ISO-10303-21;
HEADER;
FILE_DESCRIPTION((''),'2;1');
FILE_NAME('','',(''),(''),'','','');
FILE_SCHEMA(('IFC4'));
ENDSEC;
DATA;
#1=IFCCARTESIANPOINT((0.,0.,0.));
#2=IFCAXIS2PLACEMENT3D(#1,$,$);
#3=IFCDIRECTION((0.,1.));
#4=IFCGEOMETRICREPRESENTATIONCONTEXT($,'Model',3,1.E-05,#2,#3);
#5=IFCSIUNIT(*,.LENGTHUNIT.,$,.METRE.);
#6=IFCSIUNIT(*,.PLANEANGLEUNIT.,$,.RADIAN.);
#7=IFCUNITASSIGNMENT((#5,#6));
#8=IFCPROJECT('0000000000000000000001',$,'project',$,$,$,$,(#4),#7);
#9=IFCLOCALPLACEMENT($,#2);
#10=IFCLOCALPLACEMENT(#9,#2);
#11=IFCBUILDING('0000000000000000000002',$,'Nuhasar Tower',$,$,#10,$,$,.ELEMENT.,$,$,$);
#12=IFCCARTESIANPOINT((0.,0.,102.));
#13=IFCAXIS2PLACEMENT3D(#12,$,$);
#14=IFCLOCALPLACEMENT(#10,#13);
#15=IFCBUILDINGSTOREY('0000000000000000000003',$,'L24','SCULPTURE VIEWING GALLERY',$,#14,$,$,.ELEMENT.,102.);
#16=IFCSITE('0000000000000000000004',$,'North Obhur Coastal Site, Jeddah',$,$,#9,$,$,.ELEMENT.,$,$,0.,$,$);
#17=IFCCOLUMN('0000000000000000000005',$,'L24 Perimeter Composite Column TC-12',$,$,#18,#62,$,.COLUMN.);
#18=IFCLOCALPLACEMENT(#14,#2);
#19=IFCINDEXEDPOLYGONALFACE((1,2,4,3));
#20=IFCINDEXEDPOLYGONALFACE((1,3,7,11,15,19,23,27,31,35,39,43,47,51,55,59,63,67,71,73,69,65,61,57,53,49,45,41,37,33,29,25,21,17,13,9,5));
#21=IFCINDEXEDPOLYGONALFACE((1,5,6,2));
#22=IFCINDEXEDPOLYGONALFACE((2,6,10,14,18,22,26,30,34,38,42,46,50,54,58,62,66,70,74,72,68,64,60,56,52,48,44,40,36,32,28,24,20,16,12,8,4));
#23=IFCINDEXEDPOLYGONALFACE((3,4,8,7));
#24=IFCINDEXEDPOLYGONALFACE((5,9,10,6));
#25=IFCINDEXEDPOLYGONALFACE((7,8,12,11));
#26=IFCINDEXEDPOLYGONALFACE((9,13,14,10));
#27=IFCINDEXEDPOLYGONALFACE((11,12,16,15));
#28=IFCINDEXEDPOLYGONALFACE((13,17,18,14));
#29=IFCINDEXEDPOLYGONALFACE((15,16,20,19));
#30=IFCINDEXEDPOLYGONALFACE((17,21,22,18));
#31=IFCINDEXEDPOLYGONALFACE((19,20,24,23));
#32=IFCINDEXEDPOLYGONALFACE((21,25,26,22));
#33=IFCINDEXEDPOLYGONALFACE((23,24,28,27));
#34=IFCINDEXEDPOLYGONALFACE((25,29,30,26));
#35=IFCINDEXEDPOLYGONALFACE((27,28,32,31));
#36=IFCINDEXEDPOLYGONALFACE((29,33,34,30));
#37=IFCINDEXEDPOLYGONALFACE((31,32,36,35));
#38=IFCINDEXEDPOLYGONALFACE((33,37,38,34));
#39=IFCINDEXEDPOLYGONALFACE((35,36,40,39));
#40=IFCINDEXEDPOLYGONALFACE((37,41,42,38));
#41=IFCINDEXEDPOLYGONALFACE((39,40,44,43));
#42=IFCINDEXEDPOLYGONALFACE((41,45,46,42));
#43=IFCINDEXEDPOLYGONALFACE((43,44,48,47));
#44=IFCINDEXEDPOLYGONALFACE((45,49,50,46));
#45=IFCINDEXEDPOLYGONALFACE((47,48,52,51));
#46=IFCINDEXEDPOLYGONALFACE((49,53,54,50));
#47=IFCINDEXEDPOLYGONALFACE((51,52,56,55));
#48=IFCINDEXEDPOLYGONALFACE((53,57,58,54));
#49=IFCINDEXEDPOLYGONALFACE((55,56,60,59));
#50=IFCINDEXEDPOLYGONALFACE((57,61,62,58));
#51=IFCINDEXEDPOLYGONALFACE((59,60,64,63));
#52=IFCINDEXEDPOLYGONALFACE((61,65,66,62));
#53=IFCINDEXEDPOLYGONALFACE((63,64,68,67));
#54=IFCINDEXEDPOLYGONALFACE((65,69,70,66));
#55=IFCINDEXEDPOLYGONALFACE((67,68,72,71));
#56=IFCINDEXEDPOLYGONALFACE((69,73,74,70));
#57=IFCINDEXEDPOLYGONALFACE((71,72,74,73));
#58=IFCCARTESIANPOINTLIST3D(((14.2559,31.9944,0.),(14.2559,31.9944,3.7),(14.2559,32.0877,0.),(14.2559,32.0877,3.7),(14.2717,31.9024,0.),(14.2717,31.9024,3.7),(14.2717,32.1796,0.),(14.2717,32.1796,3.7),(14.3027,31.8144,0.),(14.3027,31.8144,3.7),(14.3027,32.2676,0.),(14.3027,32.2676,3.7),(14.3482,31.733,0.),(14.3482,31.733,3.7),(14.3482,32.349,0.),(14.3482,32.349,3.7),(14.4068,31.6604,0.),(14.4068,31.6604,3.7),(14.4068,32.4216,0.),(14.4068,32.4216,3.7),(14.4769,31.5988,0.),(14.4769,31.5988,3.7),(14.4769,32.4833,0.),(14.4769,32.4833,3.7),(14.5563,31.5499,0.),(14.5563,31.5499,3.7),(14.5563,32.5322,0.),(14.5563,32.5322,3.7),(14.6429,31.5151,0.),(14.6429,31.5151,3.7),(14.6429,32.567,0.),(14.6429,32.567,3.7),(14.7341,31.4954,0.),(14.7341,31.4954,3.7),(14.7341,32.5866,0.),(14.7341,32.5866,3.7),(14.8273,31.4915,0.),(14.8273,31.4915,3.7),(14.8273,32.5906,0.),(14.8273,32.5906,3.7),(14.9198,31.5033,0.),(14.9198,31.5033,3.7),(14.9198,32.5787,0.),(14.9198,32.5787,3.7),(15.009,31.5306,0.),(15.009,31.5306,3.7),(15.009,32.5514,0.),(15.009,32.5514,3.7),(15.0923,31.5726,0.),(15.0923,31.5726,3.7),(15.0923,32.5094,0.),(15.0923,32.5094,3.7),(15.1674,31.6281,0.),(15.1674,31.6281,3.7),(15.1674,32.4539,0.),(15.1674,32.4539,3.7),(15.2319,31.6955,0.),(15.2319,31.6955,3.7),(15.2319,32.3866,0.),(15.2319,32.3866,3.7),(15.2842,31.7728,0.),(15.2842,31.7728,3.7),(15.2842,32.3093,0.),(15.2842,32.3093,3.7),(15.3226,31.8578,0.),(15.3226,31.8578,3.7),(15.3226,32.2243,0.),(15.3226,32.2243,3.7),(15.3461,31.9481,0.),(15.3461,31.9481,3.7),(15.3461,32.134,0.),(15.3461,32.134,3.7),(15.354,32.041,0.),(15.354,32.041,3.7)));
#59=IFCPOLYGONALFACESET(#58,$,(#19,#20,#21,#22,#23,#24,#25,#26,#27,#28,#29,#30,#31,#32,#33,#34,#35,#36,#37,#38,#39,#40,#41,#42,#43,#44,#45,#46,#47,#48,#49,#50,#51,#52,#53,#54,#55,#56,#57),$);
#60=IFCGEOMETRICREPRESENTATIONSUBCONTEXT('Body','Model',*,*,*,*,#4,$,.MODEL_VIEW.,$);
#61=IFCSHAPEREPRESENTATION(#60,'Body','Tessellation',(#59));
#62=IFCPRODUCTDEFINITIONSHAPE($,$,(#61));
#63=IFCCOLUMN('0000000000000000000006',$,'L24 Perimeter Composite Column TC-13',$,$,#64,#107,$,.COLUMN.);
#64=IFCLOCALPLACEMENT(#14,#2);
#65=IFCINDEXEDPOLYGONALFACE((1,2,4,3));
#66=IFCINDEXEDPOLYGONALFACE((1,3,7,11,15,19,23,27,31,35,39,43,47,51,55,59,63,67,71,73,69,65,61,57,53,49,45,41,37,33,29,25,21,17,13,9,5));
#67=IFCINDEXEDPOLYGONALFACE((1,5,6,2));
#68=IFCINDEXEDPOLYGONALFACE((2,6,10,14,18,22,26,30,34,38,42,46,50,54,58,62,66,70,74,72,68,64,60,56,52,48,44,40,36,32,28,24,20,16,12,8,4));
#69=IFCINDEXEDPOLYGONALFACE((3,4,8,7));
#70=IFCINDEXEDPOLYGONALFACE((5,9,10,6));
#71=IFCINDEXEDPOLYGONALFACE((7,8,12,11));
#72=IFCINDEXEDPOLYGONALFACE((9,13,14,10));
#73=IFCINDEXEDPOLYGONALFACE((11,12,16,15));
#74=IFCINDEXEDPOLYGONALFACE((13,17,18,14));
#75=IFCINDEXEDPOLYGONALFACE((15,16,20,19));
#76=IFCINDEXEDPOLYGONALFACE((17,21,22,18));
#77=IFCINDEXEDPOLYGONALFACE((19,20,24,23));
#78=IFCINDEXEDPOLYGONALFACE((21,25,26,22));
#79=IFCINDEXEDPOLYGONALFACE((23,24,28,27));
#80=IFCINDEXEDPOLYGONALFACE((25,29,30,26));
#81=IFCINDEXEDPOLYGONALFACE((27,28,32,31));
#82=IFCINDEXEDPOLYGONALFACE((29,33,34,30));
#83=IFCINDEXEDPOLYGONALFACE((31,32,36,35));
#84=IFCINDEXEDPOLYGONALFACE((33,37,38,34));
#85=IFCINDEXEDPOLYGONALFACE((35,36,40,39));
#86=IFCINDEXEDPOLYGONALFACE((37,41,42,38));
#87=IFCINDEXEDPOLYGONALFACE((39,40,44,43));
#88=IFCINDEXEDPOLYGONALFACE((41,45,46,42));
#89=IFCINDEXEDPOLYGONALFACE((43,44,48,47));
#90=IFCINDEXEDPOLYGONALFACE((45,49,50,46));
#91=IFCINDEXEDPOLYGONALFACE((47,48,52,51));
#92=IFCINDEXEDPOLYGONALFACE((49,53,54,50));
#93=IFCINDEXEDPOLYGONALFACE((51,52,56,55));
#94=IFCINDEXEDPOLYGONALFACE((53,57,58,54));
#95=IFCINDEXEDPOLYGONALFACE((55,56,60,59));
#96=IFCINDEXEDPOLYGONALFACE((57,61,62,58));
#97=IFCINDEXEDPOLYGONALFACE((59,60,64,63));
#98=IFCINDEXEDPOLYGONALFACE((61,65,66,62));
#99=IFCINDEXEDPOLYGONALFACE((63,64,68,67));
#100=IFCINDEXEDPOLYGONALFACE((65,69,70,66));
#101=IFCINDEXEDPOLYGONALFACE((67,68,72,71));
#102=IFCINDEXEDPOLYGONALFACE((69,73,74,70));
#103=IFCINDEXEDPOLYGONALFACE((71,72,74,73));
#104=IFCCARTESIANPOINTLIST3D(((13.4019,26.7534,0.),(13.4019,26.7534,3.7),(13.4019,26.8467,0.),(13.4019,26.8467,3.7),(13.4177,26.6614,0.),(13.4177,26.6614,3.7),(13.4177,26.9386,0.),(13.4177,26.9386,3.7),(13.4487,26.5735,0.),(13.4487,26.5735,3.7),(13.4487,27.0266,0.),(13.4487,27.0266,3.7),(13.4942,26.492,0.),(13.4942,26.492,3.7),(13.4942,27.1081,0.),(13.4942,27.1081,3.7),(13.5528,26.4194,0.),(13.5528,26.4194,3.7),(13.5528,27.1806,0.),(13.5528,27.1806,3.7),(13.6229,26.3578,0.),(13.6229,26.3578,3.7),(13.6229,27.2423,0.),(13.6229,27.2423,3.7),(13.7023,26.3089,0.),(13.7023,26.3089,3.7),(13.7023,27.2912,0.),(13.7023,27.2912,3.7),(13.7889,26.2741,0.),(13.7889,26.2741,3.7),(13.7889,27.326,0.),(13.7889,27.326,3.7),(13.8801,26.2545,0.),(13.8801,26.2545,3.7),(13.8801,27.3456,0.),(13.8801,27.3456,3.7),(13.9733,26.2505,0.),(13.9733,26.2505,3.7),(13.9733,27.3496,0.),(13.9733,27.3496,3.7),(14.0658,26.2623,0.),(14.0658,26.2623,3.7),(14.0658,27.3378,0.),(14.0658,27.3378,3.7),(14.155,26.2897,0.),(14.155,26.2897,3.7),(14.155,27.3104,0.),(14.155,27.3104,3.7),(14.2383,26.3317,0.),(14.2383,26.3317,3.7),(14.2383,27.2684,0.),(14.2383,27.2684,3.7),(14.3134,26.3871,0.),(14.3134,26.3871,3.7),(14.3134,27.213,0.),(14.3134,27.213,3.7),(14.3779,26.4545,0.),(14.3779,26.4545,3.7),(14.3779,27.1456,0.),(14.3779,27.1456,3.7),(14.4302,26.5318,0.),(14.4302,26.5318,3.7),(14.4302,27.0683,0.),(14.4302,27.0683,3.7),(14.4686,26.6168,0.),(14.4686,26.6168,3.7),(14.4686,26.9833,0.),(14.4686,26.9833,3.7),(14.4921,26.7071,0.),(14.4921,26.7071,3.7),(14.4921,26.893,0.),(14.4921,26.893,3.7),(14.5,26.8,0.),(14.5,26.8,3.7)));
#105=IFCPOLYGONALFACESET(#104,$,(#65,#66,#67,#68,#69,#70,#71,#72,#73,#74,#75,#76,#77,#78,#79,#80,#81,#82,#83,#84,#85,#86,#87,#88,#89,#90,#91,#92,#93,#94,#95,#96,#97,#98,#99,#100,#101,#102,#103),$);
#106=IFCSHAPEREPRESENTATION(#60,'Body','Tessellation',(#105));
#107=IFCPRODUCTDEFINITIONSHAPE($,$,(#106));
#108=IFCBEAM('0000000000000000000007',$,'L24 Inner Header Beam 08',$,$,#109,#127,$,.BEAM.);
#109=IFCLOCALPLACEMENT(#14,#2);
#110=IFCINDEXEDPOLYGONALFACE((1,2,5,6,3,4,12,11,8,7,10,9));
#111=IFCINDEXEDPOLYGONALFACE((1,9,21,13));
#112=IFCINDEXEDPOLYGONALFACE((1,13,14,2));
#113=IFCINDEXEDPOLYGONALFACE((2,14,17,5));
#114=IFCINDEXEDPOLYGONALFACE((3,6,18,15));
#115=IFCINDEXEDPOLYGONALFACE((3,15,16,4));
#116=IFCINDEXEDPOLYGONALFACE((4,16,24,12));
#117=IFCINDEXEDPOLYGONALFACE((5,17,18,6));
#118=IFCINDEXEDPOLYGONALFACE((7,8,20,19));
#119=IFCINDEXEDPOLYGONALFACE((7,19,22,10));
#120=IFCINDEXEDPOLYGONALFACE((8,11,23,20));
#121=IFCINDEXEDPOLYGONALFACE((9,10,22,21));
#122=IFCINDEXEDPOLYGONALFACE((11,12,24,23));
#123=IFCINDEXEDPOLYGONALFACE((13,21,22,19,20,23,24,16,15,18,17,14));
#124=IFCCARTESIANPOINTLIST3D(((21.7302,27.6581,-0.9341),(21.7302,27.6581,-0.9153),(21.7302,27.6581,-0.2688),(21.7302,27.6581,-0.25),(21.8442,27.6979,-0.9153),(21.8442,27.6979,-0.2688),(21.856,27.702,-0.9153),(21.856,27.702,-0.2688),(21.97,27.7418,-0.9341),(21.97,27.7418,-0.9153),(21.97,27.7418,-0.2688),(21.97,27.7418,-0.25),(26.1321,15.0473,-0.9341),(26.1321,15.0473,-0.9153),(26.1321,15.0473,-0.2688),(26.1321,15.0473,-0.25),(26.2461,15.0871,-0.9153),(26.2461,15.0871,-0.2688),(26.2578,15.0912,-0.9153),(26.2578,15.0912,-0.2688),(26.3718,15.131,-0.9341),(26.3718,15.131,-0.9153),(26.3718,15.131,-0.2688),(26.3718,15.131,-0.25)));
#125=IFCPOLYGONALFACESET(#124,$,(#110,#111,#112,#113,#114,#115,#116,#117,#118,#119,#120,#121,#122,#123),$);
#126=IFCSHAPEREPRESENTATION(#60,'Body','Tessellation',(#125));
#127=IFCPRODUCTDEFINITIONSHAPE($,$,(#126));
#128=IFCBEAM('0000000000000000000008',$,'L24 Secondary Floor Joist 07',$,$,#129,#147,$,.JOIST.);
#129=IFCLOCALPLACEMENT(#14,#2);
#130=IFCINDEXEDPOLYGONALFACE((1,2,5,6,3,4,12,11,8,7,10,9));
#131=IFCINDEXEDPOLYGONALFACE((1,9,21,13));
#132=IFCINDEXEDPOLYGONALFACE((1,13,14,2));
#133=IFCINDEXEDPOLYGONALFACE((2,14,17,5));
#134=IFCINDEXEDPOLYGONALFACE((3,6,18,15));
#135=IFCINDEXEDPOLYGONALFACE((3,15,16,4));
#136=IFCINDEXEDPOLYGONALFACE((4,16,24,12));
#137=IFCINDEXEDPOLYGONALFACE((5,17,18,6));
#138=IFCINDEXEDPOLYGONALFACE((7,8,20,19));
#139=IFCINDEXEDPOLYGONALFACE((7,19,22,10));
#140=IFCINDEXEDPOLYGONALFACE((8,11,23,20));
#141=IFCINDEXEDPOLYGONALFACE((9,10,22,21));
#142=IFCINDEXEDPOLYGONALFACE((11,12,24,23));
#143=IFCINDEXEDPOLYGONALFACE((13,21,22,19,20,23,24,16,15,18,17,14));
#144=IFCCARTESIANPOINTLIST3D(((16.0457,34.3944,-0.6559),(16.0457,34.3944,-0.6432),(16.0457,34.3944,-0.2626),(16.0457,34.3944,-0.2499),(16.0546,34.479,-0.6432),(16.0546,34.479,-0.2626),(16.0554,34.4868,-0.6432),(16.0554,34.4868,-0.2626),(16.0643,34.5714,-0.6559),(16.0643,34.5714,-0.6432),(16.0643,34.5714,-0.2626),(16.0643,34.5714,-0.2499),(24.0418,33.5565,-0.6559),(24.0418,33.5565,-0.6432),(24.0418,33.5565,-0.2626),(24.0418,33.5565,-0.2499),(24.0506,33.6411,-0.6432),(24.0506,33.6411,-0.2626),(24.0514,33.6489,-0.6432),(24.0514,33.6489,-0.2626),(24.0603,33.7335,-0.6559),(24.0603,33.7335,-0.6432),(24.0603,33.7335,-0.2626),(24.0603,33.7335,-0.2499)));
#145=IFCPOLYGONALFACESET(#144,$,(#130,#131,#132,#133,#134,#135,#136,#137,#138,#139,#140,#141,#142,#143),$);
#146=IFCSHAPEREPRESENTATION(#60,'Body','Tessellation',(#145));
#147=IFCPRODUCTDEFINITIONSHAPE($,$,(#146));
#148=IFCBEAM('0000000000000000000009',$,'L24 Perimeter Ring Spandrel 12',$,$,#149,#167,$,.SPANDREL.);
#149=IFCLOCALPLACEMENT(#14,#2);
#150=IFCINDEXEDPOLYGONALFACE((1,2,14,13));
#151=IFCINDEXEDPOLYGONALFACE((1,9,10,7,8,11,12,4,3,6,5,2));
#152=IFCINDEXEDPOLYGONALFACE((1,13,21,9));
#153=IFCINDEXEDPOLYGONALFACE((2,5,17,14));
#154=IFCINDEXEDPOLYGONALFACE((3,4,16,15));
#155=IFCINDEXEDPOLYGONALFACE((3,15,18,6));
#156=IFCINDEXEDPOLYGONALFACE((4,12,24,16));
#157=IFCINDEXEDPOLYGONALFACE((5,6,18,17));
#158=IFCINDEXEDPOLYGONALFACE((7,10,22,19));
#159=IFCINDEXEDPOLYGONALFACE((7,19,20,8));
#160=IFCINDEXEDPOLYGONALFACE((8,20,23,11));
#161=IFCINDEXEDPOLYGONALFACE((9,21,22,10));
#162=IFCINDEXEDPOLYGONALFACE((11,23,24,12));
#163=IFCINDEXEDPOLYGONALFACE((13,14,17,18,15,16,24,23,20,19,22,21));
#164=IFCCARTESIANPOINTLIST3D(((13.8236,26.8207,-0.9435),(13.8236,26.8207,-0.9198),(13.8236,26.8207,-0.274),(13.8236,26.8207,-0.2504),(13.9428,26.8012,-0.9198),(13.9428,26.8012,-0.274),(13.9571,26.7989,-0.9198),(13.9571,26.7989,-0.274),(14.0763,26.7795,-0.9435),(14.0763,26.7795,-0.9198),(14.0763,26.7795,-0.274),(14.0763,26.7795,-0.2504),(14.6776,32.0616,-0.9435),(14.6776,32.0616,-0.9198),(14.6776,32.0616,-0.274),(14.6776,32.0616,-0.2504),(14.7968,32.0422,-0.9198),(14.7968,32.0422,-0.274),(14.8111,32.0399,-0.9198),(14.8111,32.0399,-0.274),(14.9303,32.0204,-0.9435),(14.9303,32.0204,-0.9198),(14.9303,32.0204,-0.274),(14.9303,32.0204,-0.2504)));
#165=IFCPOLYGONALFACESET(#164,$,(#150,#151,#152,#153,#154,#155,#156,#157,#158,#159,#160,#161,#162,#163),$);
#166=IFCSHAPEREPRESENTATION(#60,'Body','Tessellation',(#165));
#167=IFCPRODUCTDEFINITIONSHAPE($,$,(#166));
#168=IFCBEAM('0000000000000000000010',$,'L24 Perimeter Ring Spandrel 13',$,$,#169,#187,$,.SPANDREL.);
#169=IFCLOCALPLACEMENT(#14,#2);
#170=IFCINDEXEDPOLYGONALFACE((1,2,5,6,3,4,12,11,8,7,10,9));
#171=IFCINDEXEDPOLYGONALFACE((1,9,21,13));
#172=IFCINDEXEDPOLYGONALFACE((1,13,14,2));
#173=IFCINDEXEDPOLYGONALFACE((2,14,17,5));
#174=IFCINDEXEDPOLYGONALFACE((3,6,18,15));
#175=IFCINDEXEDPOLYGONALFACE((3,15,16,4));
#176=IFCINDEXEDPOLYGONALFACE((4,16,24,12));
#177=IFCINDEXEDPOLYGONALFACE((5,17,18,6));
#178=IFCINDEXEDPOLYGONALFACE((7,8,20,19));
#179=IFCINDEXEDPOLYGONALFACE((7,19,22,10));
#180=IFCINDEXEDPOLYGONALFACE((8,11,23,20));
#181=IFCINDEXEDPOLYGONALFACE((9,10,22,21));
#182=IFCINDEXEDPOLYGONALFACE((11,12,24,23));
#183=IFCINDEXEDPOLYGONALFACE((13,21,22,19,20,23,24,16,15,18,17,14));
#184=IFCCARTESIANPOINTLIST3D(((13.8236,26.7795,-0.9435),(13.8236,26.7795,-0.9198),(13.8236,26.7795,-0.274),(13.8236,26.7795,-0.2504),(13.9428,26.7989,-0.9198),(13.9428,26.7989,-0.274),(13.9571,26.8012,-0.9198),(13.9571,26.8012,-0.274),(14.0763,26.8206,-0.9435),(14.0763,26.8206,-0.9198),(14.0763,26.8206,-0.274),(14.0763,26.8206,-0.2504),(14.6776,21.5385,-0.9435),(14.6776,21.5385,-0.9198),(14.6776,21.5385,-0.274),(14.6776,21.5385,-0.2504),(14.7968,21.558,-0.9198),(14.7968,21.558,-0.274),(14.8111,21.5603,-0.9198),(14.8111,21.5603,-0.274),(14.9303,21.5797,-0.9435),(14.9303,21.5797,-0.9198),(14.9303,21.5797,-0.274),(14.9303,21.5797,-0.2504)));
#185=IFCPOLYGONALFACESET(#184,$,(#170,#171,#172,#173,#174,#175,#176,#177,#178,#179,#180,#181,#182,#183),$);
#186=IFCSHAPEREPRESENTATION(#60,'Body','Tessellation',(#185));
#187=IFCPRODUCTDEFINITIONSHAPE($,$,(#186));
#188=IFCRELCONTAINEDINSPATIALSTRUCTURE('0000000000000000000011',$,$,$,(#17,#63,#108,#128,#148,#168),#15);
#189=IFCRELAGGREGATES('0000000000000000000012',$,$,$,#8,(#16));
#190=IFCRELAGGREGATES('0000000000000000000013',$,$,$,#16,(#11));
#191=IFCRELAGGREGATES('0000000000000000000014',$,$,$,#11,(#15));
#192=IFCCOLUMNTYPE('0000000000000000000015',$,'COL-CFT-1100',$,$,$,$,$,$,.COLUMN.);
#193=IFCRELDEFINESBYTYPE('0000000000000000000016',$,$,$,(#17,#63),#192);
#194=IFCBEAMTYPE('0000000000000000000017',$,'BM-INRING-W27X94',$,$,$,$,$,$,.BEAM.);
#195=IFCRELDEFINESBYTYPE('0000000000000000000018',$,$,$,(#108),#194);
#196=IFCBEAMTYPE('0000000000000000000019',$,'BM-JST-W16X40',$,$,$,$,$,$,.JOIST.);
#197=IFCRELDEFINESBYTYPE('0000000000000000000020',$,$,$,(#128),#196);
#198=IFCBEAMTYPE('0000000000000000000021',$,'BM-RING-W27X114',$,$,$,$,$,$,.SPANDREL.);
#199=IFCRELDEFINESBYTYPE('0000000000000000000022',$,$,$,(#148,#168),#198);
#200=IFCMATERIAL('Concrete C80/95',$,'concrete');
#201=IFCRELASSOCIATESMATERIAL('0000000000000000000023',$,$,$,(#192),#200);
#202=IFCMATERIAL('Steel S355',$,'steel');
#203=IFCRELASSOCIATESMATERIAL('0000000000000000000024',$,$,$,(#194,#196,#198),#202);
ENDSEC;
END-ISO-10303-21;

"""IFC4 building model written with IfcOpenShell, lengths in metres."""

from ifc_helpers import new_model, si_unit, direction, frame, origin, origin_2d, place, context, subcontext, project, spatial, circle, i_section, extrude, material, material_profile, profile_set, type_object, element, save


model = new_model("IFC4")

# Units and contexts
model_context = context("Model", 3, precision=1e-05, world=origin(), true_north=direction((0.0, 1.0)))
body_context = subcontext(model_context, "Body", "Model", "MODEL_VIEW")
ifc_project = project(units=[si_unit("LENGTHUNIT", "METRE"), si_unit("PLANEANGLEUNIT", "RADIAN")], contexts=[model_context])

# Site, building, storey
site_placement = place(None, origin())
site = spatial("IfcSite", under=ifc_project, at=site_placement, Name="North Obhur Coastal Site, Jeddah", CompositionType="ELEMENT", RefElevation=0.0)
building_placement = place(site_placement, origin())
building = spatial("IfcBuilding", under=site, at=building_placement, Name="Nuhasar Tower", CompositionType="ELEMENT")
storey_placement = place(building_placement, frame((0.0, 0.0, 102.0)))
storey = spatial("IfcBuildingStorey", under=building, at=storey_placement, Name="L24", Description="SCULPTURE VIEWING GALLERY", CompositionType="ELEMENT", Elevation=102.0)

# Columns
ifc_material_1 = material(Name="Concrete C80/95", Category="concrete")
ifc_material_profile_1 = material_profile(ifc_material_1, circle(Radius=0.55, at=origin_2d()), Name="CFT1100")
ifc_profile_set_1 = profile_set([ifc_material_profile_1], Name="Concrete C80/95")
column_type = type_object("IfcColumnType", Name="COL-CFT-1100", PredefinedType="COLUMN", material=ifc_profile_set_1)
for number, where, z_axis, x_axis, name in (
    (1, (14.804, 32.041, 0.0), (0.0, 0.0, 1.0), (1.0, 0.0, 0.0), "L24 Perimeter Composite Column TC-12"),
    (2, (13.95, 26.8, 0.0), (0.0, 0.0, 1.0), (1.0, 0.0, 0.0), "L24 Perimeter Composite Column TC-13"),
):
    element("IfcColumn", number, at=place(storey_placement, frame(where, z_axis=z_axis, x_axis=x_axis)), inside=storey, type_object=column_type, Name=name, PredefinedType="COLUMN", context=body_context, shape_type="SweptSolid", body=[
        extrude(circle(Radius=0.55, at=origin_2d()), origin(), (0.0, 0.0, 1.0), 3.7),
    ])

# Beams
ifc_material_2 = material(Name="Steel S355", Category="steel")
ifc_material_profile_2 = material_profile(ifc_material_2, i_section(OverallWidth=0.2539, OverallDepth=0.6841, WebThickness=0.0125, FlangeThickness=0.0188, at=origin_2d()), Name="W27X94")
ifc_profile_set_2 = profile_set([ifc_material_profile_2], Name="Steel S355")
beam_type_1 = type_object("IfcBeamType", Name="BM-INRING-W27X94", PredefinedType="BEAM", material=ifc_profile_set_2)
beam_1_placement = place(storey_placement, frame((21.8501, 27.7, -0.592), z_axis=(0.329554, -0.944137, 0.0), x_axis=(0.944137, 0.329554, 0.0)))
element("IfcBeam", 3, at=beam_1_placement, inside=storey, type_object=beam_type_1, Name="L24 Inner Header Beam 08", PredefinedType="BEAM", context=body_context, shape_type="SweptSolid", body=[
    extrude(i_section(OverallWidth=0.2539, OverallDepth=0.6841, WebThickness=0.0125, FlangeThickness=0.0188, at=origin_2d()), origin(), (0.0, 0.0, 1.0), 13.3569),
])
ifc_material_profile_3 = material_profile(ifc_material_2, i_section(OverallWidth=0.178, OverallDepth=0.406, WebThickness=0.0078, FlangeThickness=0.0127, at=origin_2d()), Name="W16X40")
ifc_profile_set_3 = profile_set([ifc_material_profile_3], Name="Steel S355")
beam_type_2 = type_object("IfcBeamType", Name="BM-JST-W16X40", PredefinedType="JOIST", material=ifc_profile_set_3)
beam_2_placement = place(storey_placement, frame((24.051, 33.645, -0.4529), z_axis=(-0.994555, 0.104217, 0.0), x_axis=(-0.104217, -0.994555, 0.0)))
element("IfcBeam", 4, at=beam_2_placement, inside=storey, type_object=beam_type_2, Name="L24 Secondary Floor Joist 07", PredefinedType="JOIST", context=body_context, shape_type="SweptSolid", body=[
    extrude(i_section(OverallWidth=0.178, OverallDepth=0.406, WebThickness=0.0078, FlangeThickness=0.0127, at=origin_2d()), origin(), (0.0, 0.0, 1.0), 8.0398),
])
ifc_material_profile_4 = material_profile(ifc_material_2, i_section(OverallWidth=0.2561, OverallDepth=0.6931, WebThickness=0.0144, FlangeThickness=0.0237, at=origin_2d()), Name="W27X114")
ifc_profile_set_4 = profile_set([ifc_material_profile_4], Name="Steel S355")
beam_type_3 = type_object("IfcBeamType", Name="BM-RING-W27X114", PredefinedType="SPANDREL", material=ifc_profile_set_4)
for number, where, z_axis, x_axis, name in (
    (5, (14.804, 32.041, -0.5969), (-0.160827, -0.986983, 0.0), (0.986983, -0.160827, 0.0), "L24 Perimeter Ring Spandrel 12"),
    (6, (13.95, 26.8, -0.5969), (0.160827, -0.986983, 0.0), (0.986983, 0.160827, 0.0), "L24 Perimeter Ring Spandrel 13"),
):
    element("IfcBeam", number, at=place(storey_placement, frame(where, z_axis=z_axis, x_axis=x_axis)), inside=storey, type_object=beam_type_3, Name=name, PredefinedType="SPANDREL", context=body_context, shape_type="SweptSolid", body=[
        extrude(i_section(OverallWidth=0.2561, OverallDepth=0.6931, WebThickness=0.0144, FlangeThickness=0.0237, at=origin_2d()), origin(), (0.0, 0.0, 1.0), 5.3101),
    ])

save(model, "model.ifc")
